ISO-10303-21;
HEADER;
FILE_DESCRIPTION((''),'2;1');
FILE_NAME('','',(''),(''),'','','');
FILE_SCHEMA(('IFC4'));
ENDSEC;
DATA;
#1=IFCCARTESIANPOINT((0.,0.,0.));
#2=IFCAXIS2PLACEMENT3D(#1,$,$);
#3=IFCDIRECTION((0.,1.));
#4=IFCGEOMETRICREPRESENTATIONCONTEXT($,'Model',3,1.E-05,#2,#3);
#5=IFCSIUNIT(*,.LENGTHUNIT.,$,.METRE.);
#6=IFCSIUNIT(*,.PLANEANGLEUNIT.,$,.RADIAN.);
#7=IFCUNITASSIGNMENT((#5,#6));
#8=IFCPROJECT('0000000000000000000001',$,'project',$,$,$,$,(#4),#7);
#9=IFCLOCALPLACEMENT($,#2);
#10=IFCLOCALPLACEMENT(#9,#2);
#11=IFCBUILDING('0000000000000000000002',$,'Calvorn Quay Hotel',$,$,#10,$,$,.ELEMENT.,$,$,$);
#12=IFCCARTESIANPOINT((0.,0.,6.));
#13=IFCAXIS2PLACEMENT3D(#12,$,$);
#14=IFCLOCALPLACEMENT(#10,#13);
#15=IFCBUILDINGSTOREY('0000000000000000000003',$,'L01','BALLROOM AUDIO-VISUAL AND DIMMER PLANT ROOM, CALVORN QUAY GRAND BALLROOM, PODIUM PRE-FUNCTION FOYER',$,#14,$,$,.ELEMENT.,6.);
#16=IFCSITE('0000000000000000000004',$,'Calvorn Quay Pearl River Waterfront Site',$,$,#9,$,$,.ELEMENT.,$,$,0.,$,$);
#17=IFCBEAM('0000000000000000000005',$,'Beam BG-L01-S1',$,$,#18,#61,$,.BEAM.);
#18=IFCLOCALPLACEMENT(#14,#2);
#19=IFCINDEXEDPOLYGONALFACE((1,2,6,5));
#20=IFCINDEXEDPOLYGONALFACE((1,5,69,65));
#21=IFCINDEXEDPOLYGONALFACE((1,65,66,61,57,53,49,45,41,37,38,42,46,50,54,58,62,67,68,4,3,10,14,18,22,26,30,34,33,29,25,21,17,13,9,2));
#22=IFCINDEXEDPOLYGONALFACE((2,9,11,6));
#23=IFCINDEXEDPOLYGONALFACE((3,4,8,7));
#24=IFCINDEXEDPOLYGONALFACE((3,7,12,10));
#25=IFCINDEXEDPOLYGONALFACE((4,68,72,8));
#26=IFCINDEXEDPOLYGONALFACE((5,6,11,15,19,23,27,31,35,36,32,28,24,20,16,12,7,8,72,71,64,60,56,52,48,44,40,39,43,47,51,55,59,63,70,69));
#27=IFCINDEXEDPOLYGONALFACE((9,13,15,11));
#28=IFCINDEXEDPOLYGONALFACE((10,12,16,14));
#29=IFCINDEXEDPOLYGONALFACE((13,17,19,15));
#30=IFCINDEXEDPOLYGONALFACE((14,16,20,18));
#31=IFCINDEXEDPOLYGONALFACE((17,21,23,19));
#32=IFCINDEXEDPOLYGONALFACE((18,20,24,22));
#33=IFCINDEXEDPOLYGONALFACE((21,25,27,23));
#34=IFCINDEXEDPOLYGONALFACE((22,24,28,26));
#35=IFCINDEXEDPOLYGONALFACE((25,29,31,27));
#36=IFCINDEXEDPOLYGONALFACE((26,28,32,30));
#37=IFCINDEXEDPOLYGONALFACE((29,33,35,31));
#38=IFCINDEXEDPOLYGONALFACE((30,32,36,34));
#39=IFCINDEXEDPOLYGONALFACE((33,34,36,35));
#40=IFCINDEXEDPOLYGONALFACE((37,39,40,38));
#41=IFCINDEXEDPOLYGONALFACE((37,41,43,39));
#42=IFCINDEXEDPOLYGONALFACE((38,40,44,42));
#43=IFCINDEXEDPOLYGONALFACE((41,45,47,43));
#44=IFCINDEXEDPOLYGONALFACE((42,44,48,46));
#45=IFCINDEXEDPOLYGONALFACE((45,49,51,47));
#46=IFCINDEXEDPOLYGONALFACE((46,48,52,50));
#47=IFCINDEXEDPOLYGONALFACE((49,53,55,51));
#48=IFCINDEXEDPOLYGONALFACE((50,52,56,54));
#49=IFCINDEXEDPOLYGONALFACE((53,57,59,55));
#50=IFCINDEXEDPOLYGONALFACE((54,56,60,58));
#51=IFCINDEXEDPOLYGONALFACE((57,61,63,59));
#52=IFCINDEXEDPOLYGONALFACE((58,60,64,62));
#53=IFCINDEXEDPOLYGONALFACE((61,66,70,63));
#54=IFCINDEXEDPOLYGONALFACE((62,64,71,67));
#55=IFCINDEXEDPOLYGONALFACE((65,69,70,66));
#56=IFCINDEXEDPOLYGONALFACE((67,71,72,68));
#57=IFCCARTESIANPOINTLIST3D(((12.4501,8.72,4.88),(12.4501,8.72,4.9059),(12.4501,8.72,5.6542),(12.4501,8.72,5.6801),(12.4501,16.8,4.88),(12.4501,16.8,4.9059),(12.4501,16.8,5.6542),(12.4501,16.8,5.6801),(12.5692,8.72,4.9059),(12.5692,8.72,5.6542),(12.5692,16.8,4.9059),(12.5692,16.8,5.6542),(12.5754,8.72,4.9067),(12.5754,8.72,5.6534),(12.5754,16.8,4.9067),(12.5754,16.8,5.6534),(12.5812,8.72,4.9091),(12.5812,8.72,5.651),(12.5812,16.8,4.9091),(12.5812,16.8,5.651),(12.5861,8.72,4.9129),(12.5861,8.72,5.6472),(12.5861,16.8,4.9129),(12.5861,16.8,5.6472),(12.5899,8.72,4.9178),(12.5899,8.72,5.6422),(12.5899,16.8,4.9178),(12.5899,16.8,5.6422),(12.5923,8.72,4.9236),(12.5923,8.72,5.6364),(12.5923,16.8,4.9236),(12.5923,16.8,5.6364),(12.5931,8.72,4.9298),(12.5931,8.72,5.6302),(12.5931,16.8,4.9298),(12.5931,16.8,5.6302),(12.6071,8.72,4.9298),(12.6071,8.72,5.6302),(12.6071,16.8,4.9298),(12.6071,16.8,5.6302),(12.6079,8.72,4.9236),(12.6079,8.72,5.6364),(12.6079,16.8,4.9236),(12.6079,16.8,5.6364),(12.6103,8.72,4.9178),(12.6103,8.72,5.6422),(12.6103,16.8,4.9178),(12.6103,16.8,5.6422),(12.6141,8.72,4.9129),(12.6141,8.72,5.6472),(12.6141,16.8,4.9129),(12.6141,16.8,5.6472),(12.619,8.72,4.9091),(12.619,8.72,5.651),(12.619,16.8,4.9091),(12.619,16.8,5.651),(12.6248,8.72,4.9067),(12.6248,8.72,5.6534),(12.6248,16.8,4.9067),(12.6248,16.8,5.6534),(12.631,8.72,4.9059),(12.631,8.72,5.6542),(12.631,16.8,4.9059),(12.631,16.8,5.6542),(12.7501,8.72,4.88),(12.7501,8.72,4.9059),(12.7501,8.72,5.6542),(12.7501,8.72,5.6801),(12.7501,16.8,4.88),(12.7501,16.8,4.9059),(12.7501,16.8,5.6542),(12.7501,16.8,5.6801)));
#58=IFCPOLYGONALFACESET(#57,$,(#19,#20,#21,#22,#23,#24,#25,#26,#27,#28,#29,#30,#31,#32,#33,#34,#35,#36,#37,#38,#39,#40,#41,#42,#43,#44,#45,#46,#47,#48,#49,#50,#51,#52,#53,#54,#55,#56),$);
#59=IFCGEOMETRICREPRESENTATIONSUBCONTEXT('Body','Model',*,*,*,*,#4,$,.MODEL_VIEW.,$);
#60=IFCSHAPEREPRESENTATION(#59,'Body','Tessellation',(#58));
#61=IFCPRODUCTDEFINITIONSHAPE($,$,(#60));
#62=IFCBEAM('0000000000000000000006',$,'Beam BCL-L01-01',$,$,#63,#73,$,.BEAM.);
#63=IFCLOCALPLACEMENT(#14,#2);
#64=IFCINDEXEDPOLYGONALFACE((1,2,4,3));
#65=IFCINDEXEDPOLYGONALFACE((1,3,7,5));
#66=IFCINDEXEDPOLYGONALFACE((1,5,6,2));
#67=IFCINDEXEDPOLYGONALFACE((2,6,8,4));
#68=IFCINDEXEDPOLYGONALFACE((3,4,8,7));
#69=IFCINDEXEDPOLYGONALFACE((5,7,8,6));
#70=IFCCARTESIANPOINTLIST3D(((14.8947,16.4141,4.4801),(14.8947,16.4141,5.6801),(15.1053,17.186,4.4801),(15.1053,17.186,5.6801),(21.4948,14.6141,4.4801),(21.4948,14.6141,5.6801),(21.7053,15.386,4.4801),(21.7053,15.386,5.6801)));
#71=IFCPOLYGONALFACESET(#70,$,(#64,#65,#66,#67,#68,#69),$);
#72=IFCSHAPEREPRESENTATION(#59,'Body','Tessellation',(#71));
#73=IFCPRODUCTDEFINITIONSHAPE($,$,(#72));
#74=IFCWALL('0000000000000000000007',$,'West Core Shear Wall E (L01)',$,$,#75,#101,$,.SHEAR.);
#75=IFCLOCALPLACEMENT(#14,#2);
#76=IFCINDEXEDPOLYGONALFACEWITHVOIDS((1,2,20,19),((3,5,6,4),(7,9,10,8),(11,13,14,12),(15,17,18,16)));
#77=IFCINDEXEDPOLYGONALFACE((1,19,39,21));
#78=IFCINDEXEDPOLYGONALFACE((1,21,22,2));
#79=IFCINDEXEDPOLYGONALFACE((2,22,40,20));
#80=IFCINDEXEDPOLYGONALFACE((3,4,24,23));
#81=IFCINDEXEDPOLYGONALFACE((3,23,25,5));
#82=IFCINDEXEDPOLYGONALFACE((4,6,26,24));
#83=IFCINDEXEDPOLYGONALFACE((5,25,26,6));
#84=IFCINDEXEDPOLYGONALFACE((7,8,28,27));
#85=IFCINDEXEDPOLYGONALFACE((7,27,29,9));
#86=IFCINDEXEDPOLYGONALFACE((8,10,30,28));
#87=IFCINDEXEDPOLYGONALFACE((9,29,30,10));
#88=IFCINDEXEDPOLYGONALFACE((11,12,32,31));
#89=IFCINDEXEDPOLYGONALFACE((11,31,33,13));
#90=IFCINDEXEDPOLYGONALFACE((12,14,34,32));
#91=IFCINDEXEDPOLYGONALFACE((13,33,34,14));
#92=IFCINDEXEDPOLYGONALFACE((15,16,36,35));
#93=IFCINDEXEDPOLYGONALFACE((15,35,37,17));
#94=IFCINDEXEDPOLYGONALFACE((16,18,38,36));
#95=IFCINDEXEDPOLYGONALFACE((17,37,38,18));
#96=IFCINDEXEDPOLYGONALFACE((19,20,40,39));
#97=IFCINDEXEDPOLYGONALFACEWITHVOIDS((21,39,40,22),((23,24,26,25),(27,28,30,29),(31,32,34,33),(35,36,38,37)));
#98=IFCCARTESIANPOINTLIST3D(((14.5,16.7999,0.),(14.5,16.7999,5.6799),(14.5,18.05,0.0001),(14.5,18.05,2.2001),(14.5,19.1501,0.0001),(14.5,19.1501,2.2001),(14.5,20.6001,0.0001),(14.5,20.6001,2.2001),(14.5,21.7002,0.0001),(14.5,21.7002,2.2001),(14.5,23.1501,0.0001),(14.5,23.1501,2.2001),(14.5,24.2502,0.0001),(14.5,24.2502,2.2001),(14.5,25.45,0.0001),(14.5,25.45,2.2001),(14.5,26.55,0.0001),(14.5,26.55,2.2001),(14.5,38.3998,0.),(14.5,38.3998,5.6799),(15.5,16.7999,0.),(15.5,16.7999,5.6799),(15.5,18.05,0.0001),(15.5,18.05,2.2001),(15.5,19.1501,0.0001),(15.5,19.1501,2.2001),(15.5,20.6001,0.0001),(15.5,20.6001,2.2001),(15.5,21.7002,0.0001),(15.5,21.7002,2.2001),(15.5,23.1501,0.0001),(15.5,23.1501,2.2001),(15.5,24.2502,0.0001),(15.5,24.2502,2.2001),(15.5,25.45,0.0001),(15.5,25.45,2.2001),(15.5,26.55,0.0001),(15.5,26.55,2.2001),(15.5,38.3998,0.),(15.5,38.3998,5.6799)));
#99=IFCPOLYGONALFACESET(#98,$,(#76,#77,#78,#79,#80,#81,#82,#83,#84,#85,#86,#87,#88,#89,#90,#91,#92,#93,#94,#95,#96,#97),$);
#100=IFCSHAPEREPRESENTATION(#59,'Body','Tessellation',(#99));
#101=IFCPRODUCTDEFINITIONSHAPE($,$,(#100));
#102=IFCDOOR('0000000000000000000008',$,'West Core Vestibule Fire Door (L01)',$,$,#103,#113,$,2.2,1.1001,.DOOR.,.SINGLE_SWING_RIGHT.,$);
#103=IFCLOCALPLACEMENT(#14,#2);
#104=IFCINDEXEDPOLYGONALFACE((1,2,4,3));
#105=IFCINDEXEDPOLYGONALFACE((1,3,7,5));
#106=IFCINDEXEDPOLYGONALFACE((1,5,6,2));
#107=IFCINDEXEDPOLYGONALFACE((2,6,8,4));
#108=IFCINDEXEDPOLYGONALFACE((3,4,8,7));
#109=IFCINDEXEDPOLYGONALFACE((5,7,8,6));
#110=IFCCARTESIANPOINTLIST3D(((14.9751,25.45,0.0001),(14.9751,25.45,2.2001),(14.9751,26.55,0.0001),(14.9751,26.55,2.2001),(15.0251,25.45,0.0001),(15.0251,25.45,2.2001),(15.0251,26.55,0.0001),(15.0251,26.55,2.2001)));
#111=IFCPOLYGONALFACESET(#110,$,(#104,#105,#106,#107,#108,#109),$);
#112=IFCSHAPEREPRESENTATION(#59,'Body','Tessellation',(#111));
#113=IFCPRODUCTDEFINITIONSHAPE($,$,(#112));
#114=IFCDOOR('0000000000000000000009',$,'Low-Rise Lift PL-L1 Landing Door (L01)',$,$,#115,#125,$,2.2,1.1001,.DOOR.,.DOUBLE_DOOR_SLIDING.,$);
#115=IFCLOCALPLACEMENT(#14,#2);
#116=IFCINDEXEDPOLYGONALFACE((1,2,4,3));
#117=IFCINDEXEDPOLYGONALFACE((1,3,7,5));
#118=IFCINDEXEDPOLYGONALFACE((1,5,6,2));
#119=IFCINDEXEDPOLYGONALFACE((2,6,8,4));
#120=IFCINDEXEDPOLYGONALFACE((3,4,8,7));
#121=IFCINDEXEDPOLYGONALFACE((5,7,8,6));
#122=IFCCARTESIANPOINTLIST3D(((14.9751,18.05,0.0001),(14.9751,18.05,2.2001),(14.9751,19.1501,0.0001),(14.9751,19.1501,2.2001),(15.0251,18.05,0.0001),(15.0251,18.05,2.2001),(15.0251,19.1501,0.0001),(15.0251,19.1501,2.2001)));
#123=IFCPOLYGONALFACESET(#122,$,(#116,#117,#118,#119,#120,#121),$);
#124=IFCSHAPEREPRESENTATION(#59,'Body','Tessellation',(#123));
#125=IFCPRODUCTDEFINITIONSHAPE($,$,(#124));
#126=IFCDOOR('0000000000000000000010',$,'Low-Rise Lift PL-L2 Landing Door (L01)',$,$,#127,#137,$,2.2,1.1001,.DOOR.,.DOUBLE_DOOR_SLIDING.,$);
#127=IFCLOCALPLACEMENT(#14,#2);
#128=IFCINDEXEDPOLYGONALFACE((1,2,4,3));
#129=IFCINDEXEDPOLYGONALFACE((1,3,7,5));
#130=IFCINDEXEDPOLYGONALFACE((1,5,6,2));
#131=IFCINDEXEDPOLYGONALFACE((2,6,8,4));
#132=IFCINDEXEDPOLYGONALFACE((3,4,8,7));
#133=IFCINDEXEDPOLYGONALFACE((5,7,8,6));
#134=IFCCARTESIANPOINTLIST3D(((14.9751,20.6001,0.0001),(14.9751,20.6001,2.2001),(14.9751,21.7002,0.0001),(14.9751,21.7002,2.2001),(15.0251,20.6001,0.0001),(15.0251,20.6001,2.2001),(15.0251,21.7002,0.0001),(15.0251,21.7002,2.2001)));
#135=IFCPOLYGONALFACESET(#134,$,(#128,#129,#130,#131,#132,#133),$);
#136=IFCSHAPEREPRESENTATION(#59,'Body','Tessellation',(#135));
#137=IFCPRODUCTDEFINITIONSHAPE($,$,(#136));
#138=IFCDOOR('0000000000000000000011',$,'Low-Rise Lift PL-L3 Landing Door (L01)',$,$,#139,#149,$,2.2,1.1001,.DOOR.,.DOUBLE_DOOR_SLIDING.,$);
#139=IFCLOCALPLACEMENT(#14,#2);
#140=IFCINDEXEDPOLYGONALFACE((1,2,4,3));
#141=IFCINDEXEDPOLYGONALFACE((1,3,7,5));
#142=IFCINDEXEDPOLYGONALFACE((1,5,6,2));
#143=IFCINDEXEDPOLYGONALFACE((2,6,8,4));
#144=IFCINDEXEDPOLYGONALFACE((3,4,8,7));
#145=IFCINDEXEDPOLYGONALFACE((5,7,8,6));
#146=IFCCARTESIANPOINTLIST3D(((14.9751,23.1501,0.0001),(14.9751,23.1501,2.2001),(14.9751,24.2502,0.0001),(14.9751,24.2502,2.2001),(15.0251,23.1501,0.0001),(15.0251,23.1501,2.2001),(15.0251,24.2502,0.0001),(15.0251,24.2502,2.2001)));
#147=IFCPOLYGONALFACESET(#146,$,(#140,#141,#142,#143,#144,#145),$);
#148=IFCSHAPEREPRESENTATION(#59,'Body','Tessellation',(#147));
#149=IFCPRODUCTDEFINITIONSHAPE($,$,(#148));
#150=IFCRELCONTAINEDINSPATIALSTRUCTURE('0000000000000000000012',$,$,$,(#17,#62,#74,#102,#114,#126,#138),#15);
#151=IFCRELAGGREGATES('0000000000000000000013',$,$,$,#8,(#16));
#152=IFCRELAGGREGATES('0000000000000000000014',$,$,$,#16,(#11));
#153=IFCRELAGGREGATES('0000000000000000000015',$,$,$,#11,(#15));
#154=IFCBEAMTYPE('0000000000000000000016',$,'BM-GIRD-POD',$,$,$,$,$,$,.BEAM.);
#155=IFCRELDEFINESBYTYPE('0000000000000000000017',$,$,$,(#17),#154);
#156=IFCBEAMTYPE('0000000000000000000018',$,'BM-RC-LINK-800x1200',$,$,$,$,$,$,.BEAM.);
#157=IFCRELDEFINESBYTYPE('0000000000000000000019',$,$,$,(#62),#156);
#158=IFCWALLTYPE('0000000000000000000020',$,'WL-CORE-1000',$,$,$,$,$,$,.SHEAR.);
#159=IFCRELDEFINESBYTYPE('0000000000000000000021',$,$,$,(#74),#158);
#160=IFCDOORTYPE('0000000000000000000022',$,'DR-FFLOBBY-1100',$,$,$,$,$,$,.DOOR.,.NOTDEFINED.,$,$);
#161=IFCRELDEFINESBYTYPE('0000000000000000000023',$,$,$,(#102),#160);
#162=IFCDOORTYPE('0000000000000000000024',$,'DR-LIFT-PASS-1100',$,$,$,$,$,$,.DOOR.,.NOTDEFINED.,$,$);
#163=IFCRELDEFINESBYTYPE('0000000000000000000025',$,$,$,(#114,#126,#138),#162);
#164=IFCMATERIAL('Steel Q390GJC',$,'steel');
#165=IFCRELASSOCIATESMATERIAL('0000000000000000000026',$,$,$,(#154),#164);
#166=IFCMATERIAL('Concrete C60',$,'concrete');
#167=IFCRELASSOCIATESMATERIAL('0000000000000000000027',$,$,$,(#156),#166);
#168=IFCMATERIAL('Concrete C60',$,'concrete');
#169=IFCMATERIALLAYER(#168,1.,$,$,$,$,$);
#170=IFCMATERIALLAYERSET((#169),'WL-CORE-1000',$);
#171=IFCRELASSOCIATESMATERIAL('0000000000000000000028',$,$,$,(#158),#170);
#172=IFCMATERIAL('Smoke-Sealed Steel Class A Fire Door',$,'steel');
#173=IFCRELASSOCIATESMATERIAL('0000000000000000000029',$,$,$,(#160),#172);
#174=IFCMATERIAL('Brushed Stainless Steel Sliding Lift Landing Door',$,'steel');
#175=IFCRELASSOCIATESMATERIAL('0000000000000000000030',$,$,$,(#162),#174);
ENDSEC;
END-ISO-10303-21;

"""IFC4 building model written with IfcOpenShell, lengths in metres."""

from ifc_helpers import new_model, si_unit, direction, frame, frame_2d, origin, origin_2d, place, context, subcontext, project, spatial, rectangle, i_section, extrude, material, layer, layer_set, material_profile, profile_set, type_object, element, fill, save


model = new_model("IFC4")

# Units and contexts
model_context = context("Model", 3, precision=1e-05, world=origin(), true_north=direction((0.0, 1.0)))
body_context = subcontext(model_context, "Body", "Model", "MODEL_VIEW")
ifc_project = project(units=[si_unit("LENGTHUNIT", "METRE"), si_unit("PLANEANGLEUNIT", "RADIAN")], contexts=[model_context])

# Site, building, storey
site_placement = place(None, origin())
site = spatial("IfcSite", under=ifc_project, at=site_placement, Name="Calvorn Quay Pearl River Waterfront Site", CompositionType="ELEMENT", RefElevation=0.0)
building_placement = place(site_placement, origin())
building = spatial("IfcBuilding", under=site, at=building_placement, Name="Calvorn Quay Hotel", CompositionType="ELEMENT")
storey_placement = place(building_placement, frame((0.0, 0.0, 6.0)))
storey = spatial("IfcBuildingStorey", under=building, at=storey_placement, Name="L01", Description="BALLROOM AUDIO-VISUAL AND DIMMER PLANT ROOM, CALVORN QUAY GRAND BALLROOM, PODIUM PRE-FUNCTION FOYER", CompositionType="ELEMENT", Elevation=6.0)

# Beams
ifc_material_1 = material(Name="Steel Q390GJC", Category="steel")
ifc_material_profile_1 = material_profile(ifc_material_1, i_section(OverallWidth=0.3, OverallDepth=0.8, WebThickness=0.0139, FlangeThickness=0.0259, FilletRadius=0.0239, at=origin_2d()), Name="HN800x300x14x26")
ifc_profile_set_1 = profile_set([ifc_material_profile_1], Name="Steel Q390GJC")
beam_type_1 = type_object("IfcBeamType", Name="BM-GIRD-POD", PredefinedType="BEAM", material=ifc_profile_set_1)
beam_1_placement = place(storey_placement, frame((12.6001, 8.72, 5.28), z_axis=(0.0, 1.0, 0.0), x_axis=(-1.0, 0.0, 0.0)))
element("IfcBeam", 1, at=beam_1_placement, inside=storey, type_object=beam_type_1, Name="Beam BG-L01-S1", PredefinedType="BEAM", context=body_context, shape_type="SweptSolid", body=[
    extrude(i_section(OverallWidth=0.3, OverallDepth=0.8, WebThickness=0.0139, FlangeThickness=0.0259, FilletRadius=0.0239, at=origin_2d()), origin(), (0.0, 0.0, 1.0), 8.0801),
])
ifc_material_2 = material(Name="Concrete C60", Category="concrete")
ifc_material_profile_2 = material_profile(ifc_material_2, rectangle(XDim=0.8, YDim=1.2, at=origin_2d()), Name="RCB800x1200")
ifc_profile_set_2 = profile_set([ifc_material_profile_2], Name="Concrete C60")
beam_type_2 = type_object("IfcBeamType", Name="BM-RC-LINK-800x1200", PredefinedType="BEAM", material=ifc_profile_set_2)
beam_2_placement = place(storey_placement, frame((15.0, 16.8, 5.0801), z_axis=(0.964763, -0.26312, 0.0), x_axis=(0.26312, 0.964763, 0.0)))
element("IfcBeam", 2, at=beam_2_placement, inside=storey, type_object=beam_type_2, Name="Beam BCL-L01-01", PredefinedType="BEAM", context=body_context, shape_type="SweptSolid", body=[
    extrude(rectangle(XDim=0.8, YDim=1.2, at=origin_2d()), origin(), (0.0, 0.0, 1.0), 6.8411),
])

# Wall, openings, doors
ifc_material_3 = material(Name="Concrete C60", Category="concrete")
ifc_layer_1 = layer(ifc_material_3, 1.0)
ifc_layer_set_1 = layer_set([ifc_layer_1], Name="WL-CORE-1000")
wall_type_1 = type_object("IfcWallType", Name="WL-CORE-1000", PredefinedType="SHEAR", material=ifc_layer_set_1)
wall_1_placement = place(storey_placement, frame((15.0, 16.8, 0.0), z_axis=(0.0, 0.0, 1.0), x_axis=(0.0, 1.0, 0.0)))
wall_1 = element("IfcWall", 3, at=wall_1_placement, inside=storey, type_object=wall_type_1, Name="West Core Shear Wall E (L01)", PredefinedType="SHEAR", context=body_context, shape_type="SweptSolid", body=[
    extrude(rectangle(XDim=21.5999, YDim=1.0, at=frame_2d((10.7998, 0.0))), origin(), (0.0, 0.0, 1.0), 5.6799),
])
opening_1_placement = place(wall_1_placement, frame((8.6499, 0.0, 0.0)))
opening_1 = element("IfcOpeningElement", 4, at=opening_1_placement, cuts=wall_1, PredefinedType="OPENING", context=body_context, shape_type="SweptSolid", body=[
    extrude(rectangle(XDim=1.1001, YDim=2.2, at=frame_2d((0.55, 1.1001))), frame((0.0, 0.51, 0.0), z_axis=(0.0, -1.0, 0.0), x_axis=(1.0, 0.0, 0.0)), (0.0, 0.0, 1.0), 1.02),
])
opening_2_placement = place(wall_1_placement, frame((1.25, 0.0, 0.0)))
opening_2 = element("IfcOpeningElement", 5, at=opening_2_placement, cuts=wall_1, PredefinedType="OPENING", context=body_context, shape_type="SweptSolid", body=[
    extrude(rectangle(XDim=1.1001, YDim=2.2, at=frame_2d((0.55, 1.1001))), frame((0.0, 0.51, 0.0), z_axis=(0.0, -1.0, 0.0), x_axis=(1.0, 0.0, 0.0)), (0.0, 0.0, 1.0), 1.02),
])
opening_3_placement = place(wall_1_placement, frame((3.8, 0.0, 0.0)))
opening_3 = element("IfcOpeningElement", 6, at=opening_3_placement, cuts=wall_1, PredefinedType="OPENING", context=body_context, shape_type="SweptSolid", body=[
    extrude(rectangle(XDim=1.1001, YDim=2.2, at=frame_2d((0.55, 1.1001))), frame((0.0, 0.51, 0.0), z_axis=(0.0, -1.0, 0.0), x_axis=(1.0, 0.0, 0.0)), (0.0, 0.0, 1.0), 1.02),
])
opening_4_placement = place(wall_1_placement, frame((6.3501, 0.0, 0.0)))
opening_4 = element("IfcOpeningElement", 7, at=opening_4_placement, cuts=wall_1, PredefinedType="OPENING", context=body_context, shape_type="SweptSolid", body=[
    extrude(rectangle(XDim=1.1001, YDim=2.2, at=frame_2d((0.55, 1.1001))), frame((0.0, 0.51, 0.0), z_axis=(0.0, -1.0, 0.0), x_axis=(1.0, 0.0, 0.0)), (0.0, 0.0, 1.0), 1.02),
])
ifc_material_4 = material(Name="Smoke-Sealed Steel Class A Fire Door", Category="steel")
door_type_1 = type_object("IfcDoorType", Name="DR-FFLOBBY-1100", OperationType="NOTDEFINED", PredefinedType="DOOR", material=ifc_material_4)
door_1_placement = place(opening_1_placement, origin())
door_1 = element("IfcDoor", 8, at=door_1_placement, inside=storey, type_object=door_type_1, Name="West Core Vestibule Fire Door (L01)", OperationType="SINGLE_SWING_RIGHT", OverallHeight=2.2, OverallWidth=1.1001, PredefinedType="DOOR", context=body_context, shape_type="SweptSolid", body=[
    extrude(rectangle(XDim=1.1001, YDim=2.2, at=frame_2d((0.55, 1.1001))), frame((0.0, 0.0249, 0.0), z_axis=(0.0, -1.0, 0.0), x_axis=(1.0, 0.0, 0.0)), (0.0, 0.0, 1.0), 0.05),
])
fill(opening_1, door_1)
ifc_material_5 = material(Name="Brushed Stainless Steel Sliding Lift Landing Door", Category="steel")
door_type_2 = type_object("IfcDoorType", Name="DR-LIFT-PASS-1100", OperationType="NOTDEFINED", PredefinedType="DOOR", material=ifc_material_5)
door_2_placement = place(opening_2_placement, origin())
door_2 = element("IfcDoor", 9, at=door_2_placement, inside=storey, type_object=door_type_2, Name="Low-Rise Lift PL-L1 Landing Door (L01)", OperationType="DOUBLE_DOOR_SLIDING", OverallHeight=2.2, OverallWidth=1.1001, PredefinedType="DOOR", context=body_context, shape_type="SweptSolid", body=[
    extrude(rectangle(XDim=1.1001, YDim=2.2, at=frame_2d((0.55, 1.1001))), frame((0.0, 0.0249, 0.0), z_axis=(0.0, -1.0, 0.0), x_axis=(1.0, 0.0, 0.0)), (0.0, 0.0, 1.0), 0.05),
])
fill(opening_2, door_2)
door_3_placement = place(opening_3_placement, origin())
door_3 = element("IfcDoor", 10, at=door_3_placement, inside=storey, type_object=door_type_2, Name="Low-Rise Lift PL-L2 Landing Door (L01)", OperationType="DOUBLE_DOOR_SLIDING", OverallHeight=2.2, OverallWidth=1.1001, PredefinedType="DOOR", context=body_context, shape_type="SweptSolid", body=[
    extrude(rectangle(XDim=1.1001, YDim=2.2, at=frame_2d((0.55, 1.1001))), frame((0.0, 0.0249, 0.0), z_axis=(0.0, -1.0, 0.0), x_axis=(1.0, 0.0, 0.0)), (0.0, 0.0, 1.0), 0.05),
])
fill(opening_3, door_3)
door_4_placement = place(opening_4_placement, origin())
door_4 = element("IfcDoor", 11, at=door_4_placement, inside=storey, type_object=door_type_2, Name="Low-Rise Lift PL-L3 Landing Door (L01)", OperationType="DOUBLE_DOOR_SLIDING", OverallHeight=2.2, OverallWidth=1.1001, PredefinedType="DOOR", context=body_context, shape_type="SweptSolid", body=[
    extrude(rectangle(XDim=1.1001, YDim=2.2, at=frame_2d((0.55, 1.1001))), frame((0.0, 0.0249, 0.0), z_axis=(0.0, -1.0, 0.0), x_axis=(1.0, 0.0, 0.0)), (0.0, 0.0, 1.0), 0.05),
])
fill(opening_4, door_4)

save(model, "model.ifc")
